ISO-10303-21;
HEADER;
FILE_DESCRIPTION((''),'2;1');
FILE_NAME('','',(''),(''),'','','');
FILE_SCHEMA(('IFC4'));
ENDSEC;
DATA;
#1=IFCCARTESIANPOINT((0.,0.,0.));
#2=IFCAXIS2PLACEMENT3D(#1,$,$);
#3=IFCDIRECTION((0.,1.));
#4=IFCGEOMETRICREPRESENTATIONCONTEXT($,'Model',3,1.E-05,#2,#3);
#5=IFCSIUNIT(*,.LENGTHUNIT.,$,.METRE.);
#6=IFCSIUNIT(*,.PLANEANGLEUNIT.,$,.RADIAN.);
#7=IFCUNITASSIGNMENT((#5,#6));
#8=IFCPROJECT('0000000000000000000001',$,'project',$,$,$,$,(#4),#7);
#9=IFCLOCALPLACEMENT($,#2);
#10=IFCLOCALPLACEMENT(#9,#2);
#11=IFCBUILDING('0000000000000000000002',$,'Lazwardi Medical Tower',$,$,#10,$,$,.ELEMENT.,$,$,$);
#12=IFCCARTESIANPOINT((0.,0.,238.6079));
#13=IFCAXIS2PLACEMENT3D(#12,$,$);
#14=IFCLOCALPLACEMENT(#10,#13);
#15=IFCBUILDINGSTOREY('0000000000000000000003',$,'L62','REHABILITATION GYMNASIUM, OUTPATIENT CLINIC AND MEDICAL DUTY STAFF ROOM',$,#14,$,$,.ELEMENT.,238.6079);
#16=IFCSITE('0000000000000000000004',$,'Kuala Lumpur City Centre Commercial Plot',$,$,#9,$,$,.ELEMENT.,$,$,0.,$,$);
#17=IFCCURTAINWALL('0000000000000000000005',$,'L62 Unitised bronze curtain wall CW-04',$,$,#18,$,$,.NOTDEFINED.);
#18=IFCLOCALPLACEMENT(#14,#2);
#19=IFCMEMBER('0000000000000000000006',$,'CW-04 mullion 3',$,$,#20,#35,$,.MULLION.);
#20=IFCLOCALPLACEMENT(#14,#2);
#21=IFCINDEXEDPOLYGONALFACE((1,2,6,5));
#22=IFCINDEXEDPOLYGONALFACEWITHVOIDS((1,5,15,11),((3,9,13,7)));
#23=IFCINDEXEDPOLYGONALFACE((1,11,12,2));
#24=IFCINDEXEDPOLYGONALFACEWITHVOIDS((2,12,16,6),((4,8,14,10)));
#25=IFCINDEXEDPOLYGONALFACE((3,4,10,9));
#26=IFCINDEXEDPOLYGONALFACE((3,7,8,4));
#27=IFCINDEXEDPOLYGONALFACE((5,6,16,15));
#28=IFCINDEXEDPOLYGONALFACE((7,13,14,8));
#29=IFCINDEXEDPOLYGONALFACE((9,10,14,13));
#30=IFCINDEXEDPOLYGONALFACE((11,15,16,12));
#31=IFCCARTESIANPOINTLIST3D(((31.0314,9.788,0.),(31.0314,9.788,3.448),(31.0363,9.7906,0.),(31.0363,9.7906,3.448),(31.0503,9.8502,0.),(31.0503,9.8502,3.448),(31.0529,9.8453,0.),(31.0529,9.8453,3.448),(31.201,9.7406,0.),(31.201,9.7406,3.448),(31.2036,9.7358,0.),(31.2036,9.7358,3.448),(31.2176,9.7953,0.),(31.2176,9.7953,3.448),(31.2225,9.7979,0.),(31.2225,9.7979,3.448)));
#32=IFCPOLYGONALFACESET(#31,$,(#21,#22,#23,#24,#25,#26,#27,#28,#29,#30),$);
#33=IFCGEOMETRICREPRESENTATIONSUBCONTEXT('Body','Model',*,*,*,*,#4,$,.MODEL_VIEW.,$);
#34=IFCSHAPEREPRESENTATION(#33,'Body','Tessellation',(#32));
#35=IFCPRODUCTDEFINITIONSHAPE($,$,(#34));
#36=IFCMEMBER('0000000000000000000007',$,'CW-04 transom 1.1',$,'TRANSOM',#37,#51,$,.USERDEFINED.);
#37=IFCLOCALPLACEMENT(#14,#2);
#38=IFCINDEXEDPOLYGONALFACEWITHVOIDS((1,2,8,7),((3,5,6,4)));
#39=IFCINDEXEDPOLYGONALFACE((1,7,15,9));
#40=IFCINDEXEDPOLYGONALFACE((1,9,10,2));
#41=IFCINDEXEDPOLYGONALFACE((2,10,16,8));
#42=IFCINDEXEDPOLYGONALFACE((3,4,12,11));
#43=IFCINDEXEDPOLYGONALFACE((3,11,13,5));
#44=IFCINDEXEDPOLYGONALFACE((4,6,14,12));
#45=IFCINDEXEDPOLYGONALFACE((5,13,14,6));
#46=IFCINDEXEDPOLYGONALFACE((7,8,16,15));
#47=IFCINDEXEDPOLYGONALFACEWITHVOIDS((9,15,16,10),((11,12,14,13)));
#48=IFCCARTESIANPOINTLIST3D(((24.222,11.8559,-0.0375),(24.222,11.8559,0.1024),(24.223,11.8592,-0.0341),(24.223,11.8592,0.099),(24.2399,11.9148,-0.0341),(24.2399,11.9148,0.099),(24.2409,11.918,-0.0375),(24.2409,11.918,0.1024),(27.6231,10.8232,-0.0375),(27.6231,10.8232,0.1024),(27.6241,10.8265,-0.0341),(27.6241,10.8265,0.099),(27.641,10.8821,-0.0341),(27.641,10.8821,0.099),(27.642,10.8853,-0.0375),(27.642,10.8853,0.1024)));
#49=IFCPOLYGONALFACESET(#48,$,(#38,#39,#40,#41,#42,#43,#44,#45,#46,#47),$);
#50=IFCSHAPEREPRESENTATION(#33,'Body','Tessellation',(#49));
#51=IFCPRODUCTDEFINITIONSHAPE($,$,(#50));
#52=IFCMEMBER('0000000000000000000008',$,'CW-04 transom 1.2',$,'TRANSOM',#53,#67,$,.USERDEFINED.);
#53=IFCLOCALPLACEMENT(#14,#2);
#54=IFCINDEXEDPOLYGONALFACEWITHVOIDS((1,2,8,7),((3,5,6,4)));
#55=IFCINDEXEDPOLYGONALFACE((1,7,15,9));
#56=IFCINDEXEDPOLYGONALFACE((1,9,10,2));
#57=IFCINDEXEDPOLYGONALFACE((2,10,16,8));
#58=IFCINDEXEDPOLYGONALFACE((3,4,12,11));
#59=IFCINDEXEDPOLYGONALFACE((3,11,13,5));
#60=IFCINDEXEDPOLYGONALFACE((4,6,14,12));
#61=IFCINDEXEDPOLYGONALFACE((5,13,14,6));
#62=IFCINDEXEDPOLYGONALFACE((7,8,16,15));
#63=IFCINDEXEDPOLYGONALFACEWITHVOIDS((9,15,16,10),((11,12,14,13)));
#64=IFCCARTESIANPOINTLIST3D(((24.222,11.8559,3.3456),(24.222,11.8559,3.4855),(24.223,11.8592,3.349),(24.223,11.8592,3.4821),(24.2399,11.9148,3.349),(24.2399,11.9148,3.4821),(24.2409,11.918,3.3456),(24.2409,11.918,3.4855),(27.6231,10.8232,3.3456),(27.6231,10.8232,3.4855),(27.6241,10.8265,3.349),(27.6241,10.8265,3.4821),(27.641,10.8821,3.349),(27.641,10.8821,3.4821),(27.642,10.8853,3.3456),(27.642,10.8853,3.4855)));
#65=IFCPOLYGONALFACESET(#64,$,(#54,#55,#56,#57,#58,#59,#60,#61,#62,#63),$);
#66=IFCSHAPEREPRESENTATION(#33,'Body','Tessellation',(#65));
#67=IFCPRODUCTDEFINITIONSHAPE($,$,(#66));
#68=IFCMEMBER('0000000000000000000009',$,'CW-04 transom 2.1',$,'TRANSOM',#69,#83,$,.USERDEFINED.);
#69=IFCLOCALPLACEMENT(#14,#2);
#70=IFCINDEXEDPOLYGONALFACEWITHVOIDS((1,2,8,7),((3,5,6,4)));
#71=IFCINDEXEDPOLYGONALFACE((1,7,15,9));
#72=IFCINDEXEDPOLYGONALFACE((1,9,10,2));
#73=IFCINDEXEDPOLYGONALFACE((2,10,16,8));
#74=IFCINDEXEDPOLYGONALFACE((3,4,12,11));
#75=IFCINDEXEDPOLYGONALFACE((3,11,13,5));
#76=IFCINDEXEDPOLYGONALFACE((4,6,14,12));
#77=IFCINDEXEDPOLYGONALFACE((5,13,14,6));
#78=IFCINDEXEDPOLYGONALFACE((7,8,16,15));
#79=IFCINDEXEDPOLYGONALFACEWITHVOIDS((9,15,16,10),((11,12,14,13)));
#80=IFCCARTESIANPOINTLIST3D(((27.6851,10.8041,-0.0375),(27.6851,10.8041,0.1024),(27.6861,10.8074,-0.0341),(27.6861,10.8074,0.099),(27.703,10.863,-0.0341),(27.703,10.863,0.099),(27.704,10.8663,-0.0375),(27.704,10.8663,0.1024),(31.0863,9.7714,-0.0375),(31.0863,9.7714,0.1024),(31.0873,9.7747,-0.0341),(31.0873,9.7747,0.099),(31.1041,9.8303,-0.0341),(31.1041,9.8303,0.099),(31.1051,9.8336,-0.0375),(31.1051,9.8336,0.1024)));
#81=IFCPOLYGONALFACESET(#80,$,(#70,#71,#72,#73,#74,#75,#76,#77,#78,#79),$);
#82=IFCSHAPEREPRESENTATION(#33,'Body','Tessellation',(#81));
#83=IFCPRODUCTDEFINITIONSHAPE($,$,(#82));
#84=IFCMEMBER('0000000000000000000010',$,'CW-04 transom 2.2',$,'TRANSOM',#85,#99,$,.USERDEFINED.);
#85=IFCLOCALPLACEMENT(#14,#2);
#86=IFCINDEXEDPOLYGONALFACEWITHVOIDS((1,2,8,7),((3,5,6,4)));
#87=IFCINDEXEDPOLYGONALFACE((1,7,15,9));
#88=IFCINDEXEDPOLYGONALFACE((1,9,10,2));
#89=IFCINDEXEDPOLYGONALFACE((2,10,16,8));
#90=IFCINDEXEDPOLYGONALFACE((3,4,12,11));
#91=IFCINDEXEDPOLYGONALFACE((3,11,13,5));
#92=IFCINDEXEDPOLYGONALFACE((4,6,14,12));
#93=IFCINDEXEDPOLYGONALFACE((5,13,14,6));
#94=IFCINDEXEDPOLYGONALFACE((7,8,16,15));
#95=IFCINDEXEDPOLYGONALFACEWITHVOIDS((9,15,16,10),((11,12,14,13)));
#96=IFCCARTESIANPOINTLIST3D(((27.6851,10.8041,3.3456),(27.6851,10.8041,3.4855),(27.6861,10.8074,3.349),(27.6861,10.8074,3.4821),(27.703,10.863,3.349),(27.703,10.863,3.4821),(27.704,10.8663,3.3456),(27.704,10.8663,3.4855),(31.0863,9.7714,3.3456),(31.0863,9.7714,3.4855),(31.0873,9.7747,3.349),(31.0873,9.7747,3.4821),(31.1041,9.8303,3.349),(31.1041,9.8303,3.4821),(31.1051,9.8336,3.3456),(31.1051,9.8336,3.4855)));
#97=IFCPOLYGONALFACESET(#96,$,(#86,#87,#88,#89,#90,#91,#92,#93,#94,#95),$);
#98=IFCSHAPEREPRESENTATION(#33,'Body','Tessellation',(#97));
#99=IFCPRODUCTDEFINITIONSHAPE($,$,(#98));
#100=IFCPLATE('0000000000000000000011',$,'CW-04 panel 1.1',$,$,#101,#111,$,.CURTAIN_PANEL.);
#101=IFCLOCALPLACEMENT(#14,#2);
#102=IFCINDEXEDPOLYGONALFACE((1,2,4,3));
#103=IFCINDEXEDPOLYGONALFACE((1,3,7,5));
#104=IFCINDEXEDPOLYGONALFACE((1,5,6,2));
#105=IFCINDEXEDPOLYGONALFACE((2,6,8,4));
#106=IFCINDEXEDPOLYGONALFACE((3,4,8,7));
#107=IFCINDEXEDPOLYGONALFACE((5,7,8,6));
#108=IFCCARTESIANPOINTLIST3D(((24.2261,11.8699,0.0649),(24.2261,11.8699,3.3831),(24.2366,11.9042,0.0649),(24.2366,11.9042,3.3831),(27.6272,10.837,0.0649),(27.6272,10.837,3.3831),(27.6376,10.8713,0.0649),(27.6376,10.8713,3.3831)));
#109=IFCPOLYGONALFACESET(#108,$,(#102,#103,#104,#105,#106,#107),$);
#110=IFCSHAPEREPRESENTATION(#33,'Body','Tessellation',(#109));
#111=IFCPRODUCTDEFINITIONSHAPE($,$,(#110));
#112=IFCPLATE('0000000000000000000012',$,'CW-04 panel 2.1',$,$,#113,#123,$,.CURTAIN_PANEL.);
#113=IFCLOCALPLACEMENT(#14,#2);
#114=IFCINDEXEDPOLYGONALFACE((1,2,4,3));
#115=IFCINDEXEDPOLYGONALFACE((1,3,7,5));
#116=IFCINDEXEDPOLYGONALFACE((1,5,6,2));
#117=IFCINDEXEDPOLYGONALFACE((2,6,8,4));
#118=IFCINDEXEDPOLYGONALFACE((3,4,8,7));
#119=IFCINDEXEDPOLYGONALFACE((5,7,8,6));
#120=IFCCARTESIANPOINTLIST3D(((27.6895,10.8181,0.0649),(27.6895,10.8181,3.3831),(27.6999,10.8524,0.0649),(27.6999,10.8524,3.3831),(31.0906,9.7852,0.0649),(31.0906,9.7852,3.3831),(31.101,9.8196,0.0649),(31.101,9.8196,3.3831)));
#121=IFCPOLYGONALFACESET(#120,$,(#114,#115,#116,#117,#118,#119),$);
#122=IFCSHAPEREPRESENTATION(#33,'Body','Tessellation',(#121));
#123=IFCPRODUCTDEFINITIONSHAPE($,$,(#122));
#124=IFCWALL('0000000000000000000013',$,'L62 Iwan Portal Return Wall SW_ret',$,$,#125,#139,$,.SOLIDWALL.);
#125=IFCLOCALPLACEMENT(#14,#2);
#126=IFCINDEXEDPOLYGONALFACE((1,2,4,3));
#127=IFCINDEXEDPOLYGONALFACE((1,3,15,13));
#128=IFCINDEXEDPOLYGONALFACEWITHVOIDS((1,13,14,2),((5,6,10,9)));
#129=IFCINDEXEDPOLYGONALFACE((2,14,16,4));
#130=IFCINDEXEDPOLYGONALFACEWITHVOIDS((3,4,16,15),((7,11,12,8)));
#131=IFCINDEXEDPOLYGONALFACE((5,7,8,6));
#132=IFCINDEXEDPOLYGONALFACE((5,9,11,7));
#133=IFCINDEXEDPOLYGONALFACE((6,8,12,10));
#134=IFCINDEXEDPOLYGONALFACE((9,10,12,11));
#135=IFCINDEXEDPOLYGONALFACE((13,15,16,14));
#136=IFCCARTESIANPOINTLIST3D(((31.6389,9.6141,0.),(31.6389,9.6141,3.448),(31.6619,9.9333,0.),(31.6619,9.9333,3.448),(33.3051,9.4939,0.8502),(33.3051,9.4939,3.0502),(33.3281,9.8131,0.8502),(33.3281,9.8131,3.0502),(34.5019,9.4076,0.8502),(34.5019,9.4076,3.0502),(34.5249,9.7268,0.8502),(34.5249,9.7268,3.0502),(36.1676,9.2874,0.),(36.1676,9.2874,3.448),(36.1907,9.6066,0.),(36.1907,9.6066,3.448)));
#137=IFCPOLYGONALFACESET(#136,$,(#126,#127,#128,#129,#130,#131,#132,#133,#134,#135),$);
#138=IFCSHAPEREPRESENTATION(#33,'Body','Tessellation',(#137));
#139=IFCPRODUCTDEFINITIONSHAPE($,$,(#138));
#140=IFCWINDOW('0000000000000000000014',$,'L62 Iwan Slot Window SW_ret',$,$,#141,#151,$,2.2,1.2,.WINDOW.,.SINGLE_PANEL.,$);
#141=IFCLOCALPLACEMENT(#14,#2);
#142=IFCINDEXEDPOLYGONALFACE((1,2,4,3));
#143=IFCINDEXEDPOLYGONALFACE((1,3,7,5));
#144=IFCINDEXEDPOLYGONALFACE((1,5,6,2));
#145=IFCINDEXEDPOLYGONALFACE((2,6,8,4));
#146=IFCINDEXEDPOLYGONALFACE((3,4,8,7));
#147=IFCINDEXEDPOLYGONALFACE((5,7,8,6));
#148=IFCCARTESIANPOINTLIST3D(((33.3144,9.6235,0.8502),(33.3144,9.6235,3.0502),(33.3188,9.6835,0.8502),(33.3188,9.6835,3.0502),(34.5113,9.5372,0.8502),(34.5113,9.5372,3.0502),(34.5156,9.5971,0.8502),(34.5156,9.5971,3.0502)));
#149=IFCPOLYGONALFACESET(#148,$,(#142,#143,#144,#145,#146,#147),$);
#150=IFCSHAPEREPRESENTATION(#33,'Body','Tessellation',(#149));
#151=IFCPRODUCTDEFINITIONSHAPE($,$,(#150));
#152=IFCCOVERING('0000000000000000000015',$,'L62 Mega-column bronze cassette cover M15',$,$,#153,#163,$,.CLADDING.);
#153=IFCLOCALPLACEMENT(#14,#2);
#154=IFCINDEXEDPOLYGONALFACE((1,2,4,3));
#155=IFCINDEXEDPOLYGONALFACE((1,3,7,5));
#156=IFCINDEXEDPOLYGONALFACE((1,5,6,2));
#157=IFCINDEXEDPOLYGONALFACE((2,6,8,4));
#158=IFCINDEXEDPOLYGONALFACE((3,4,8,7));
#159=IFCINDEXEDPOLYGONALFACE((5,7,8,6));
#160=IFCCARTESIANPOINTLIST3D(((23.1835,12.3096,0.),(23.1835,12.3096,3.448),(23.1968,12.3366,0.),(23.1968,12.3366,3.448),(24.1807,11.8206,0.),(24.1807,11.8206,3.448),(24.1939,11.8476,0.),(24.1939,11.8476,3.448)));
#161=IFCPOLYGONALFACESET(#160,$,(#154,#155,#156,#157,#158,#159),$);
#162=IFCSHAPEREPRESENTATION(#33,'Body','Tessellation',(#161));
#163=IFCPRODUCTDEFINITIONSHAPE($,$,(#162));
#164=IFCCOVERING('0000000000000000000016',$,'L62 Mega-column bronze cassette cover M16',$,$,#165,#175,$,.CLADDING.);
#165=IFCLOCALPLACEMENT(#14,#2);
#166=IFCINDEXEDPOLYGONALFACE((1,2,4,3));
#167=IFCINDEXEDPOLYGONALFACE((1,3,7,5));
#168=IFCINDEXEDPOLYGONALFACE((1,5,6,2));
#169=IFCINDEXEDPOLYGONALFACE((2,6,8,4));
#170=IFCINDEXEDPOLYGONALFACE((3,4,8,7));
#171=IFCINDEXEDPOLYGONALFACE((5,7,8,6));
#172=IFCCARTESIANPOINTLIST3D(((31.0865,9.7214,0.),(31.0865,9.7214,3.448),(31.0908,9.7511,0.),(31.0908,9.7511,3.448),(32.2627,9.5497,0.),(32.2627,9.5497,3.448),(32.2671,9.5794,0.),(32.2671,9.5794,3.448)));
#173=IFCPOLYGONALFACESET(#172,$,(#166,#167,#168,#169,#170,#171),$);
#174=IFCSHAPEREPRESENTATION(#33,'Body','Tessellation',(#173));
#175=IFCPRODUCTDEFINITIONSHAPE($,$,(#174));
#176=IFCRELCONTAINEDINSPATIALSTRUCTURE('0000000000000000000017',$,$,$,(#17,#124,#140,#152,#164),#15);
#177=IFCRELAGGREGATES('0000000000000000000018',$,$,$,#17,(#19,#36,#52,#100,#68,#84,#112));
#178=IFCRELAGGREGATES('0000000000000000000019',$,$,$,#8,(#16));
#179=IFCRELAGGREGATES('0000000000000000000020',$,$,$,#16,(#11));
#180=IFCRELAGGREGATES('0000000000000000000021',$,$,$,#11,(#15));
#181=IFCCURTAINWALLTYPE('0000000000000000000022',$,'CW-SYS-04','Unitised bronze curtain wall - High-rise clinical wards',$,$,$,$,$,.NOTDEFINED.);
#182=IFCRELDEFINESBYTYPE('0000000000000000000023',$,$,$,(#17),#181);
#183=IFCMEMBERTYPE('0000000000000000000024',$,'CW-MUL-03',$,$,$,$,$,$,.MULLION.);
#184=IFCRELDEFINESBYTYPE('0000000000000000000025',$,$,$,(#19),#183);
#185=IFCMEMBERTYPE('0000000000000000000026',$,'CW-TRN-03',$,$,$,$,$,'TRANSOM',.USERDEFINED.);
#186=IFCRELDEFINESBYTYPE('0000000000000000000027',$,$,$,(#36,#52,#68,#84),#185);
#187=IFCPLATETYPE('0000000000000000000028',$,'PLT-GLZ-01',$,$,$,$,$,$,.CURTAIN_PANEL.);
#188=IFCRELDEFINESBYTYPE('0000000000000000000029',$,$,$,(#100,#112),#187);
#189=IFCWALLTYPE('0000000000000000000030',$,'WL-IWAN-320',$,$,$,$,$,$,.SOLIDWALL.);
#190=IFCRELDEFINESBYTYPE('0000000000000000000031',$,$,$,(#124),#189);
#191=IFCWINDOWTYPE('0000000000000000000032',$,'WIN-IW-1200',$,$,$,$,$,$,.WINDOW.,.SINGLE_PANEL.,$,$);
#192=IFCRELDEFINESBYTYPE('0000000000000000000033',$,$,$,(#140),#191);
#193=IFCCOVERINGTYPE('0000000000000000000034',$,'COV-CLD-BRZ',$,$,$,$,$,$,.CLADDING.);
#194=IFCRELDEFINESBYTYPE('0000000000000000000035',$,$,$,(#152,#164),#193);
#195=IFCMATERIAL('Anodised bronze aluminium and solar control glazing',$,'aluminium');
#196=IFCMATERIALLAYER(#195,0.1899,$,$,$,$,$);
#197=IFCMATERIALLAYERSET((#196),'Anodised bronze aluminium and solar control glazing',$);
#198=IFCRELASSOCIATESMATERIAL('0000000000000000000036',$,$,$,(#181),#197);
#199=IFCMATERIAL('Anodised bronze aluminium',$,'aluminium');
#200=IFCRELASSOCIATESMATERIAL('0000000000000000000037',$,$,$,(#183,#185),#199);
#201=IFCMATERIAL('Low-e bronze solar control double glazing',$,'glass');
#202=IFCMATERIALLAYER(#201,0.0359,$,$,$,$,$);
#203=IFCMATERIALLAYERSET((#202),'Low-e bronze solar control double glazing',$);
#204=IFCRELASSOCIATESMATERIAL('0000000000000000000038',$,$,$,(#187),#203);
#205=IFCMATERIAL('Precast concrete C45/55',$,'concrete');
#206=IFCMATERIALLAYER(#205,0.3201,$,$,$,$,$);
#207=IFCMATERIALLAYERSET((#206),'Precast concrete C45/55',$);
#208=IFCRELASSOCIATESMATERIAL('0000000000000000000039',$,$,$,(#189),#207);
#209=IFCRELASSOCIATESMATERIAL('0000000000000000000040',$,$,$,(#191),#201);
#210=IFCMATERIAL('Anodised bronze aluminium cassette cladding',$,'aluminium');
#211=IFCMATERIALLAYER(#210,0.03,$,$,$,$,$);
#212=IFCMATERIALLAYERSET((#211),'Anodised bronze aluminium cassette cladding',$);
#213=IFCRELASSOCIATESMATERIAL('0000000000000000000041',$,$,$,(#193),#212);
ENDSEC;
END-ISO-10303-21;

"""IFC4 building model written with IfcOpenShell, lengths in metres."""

from ifc_helpers import new_model, si_unit, direction, frame, frame_2d, origin, origin_2d, place, context, subcontext, project, spatial, rectangle, hollow_rectangle, extrude, material, layer, layer_set, material_profile, profile_set, type_object, element, fill, aggregate, save


model = new_model("IFC4")

# Units and contexts
model_context = context("Model", 3, precision=1e-05, world=origin(), true_north=direction((0.0, 1.0)))
body_context = subcontext(model_context, "Body", "Model", "MODEL_VIEW")
ifc_project = project(units=[si_unit("LENGTHUNIT", "METRE"), si_unit("PLANEANGLEUNIT", "RADIAN")], contexts=[model_context])

# Site, building, storey
site_placement = place(None, origin())
site = spatial("IfcSite", under=ifc_project, at=site_placement, Name="Kuala Lumpur City Centre Commercial Plot", CompositionType="ELEMENT", RefElevation=0.0)
building_placement = place(site_placement, origin())
building = spatial("IfcBuilding", under=site, at=building_placement, Name="Lazwardi Medical Tower", CompositionType="ELEMENT")
storey_placement = place(building_placement, frame((0.0, 0.0, 238.6079)))
storey = spatial("IfcBuildingStorey", under=building, at=storey_placement, Name="L62", Description="REHABILITATION GYMNASIUM, OUTPATIENT CLINIC AND MEDICAL DUTY STAFF ROOM", CompositionType="ELEMENT", Elevation=238.6079)

# Shared definitions
ifc_material_1 = material(Name="Anodised bronze aluminium and solar control glazing", Category="aluminium")
ifc_layer_1 = layer(ifc_material_1, 0.1899)
ifc_layer_set_1 = layer_set([ifc_layer_1], Name="Anodised bronze aluminium and solar control glazing")
curtain_wall_type = type_object("IfcCurtainWallType", Name="CW-SYS-04", Description="Unitised bronze curtain wall - High-rise clinical wards", PredefinedType="NOTDEFINED", material=ifc_layer_set_1)
ifc_material_2 = material(Name="Anodised bronze aluminium", Category="aluminium")
ifc_material_profile_1 = material_profile(ifc_material_2, hollow_rectangle(XDim=0.0649, YDim=0.1799, WallThickness=0.0039, at=origin_2d()), Name="ALU-MULLION 180x65x4")
ifc_profile_set_1 = profile_set([ifc_material_profile_1], Name="Anodised bronze aluminium")
member_type_1 = type_object("IfcMemberType", Name="CW-MUL-03", PredefinedType="MULLION", material=ifc_profile_set_1)

# Curtain wall, members, plates
curtain_wall_1_placement = place(storey_placement, origin())
curtain_wall_1 = element("IfcCurtainWall", 1, at=curtain_wall_1_placement, inside=storey, type_object=curtain_wall_type, Name="L62 Unitised bronze curtain wall CW-04", PredefinedType="NOTDEFINED")
member_1_placement = place(storey_placement, frame((31.127, 9.793, 0.0), z_axis=(0.0, 0.0, 1.0), x_axis=(0.290582, 0.95685, 0.0)))
member_1 = element("IfcMember", 2, at=member_1_placement, type_object=member_type_1, Name="CW-04 mullion 3", PredefinedType="MULLION", context=body_context, shape_type="SweptSolid", body=[
    extrude(hollow_rectangle(XDim=0.0649, YDim=0.1799, WallThickness=0.0039, at=origin_2d()), origin(), (0.0, 0.0, 1.0), 3.448),
])
ifc_material_profile_2 = material_profile(ifc_material_2, hollow_rectangle(XDim=0.0649, YDim=0.1399, WallThickness=0.0034, at=origin_2d()), Name="ALU-TRANSOM 140x65x3.5")
ifc_profile_set_2 = profile_set([ifc_material_profile_2], Name="Anodised bronze aluminium")
member_type_2 = type_object("IfcMemberType", Name="CW-TRN-03", ElementType="TRANSOM", PredefinedType="USERDEFINED", material=ifc_profile_set_2)
member_2_placement = place(storey_placement, frame((24.2314, 11.887, 0.0325), z_axis=(0.956863, -0.290541, 0.0), x_axis=(0.290541, 0.956863, 0.0)))
member_2 = element("IfcMember", 3, at=member_2_placement, type_object=member_type_2, Name="CW-04 transom 1.1", ObjectType="TRANSOM", PredefinedType="USERDEFINED", context=body_context, shape_type="SweptSolid", body=[
    extrude(hollow_rectangle(XDim=0.0649, YDim=0.1399, WallThickness=0.0034, at=origin_2d()), origin(), (0.0, 0.0, 1.0), 3.5544),
])
member_3_placement = place(storey_placement, frame((24.2314, 11.887, 3.4155), z_axis=(0.956863, -0.290541, 0.0), x_axis=(0.290541, 0.956863, 0.0)))
member_3 = element("IfcMember", 4, at=member_3_placement, type_object=member_type_2, Name="CW-04 transom 1.2", ObjectType="TRANSOM", PredefinedType="USERDEFINED", context=body_context, shape_type="SweptSolid", body=[
    extrude(hollow_rectangle(XDim=0.0649, YDim=0.1399, WallThickness=0.0034, at=origin_2d()), origin(), (0.0, 0.0, 1.0), 3.5544),
])
member_4_placement = place(storey_placement, frame((27.6946, 10.8352, 0.0325), z_axis=(0.956863, -0.290541, 0.0), x_axis=(0.290541, 0.956863, 0.0)))
member_4 = element("IfcMember", 5, at=member_4_placement, type_object=member_type_2, Name="CW-04 transom 2.1", ObjectType="TRANSOM", PredefinedType="USERDEFINED", context=body_context, shape_type="SweptSolid", body=[
    extrude(hollow_rectangle(XDim=0.0649, YDim=0.1399, WallThickness=0.0034, at=origin_2d()), origin(), (0.0, 0.0, 1.0), 3.5544),
])
member_5_placement = place(storey_placement, frame((27.6946, 10.8352, 3.4155), z_axis=(0.956863, -0.290541, 0.0), x_axis=(0.290541, 0.956863, 0.0)))
member_5 = element("IfcMember", 6, at=member_5_placement, type_object=member_type_2, Name="CW-04 transom 2.2", ObjectType="TRANSOM", PredefinedType="USERDEFINED", context=body_context, shape_type="SweptSolid", body=[
    extrude(hollow_rectangle(XDim=0.0649, YDim=0.1399, WallThickness=0.0034, at=origin_2d()), origin(), (0.0, 0.0, 1.0), 3.5544),
])
ifc_material_3 = material(Name="Low-e bronze solar control double glazing", Category="glass")
ifc_layer_2 = layer(ifc_material_3, 0.0359)
ifc_layer_set_2 = layer_set([ifc_layer_2], Name="Low-e bronze solar control double glazing")
plate_type = type_object("IfcPlateType", Name="PLT-GLZ-01", PredefinedType="CURTAIN_PANEL", material=ifc_layer_set_2)
plate_1_placement = place(storey_placement, frame((25.9319, 11.3706, 0.0649), z_axis=(0.0, 0.0, 1.0), x_axis=(0.95685, -0.290582, 0.0)))
plate_1 = element("IfcPlate", 7, at=plate_1_placement, type_object=plate_type, Name="CW-04 panel 1.1", PredefinedType="CURTAIN_PANEL", context=body_context, shape_type="SweptSolid", body=[
    extrude(rectangle(XDim=3.5544, YDim=0.0359, at=origin_2d()), origin(), (0.0, 0.0, 1.0), 3.3181),
])
plate_2_placement = place(storey_placement, frame((29.3953, 10.3188, 0.0649), z_axis=(0.0, 0.0, 1.0), x_axis=(0.95685, -0.290582, 0.0)))
plate_2 = element("IfcPlate", 8, at=plate_2_placement, type_object=plate_type, Name="CW-04 panel 2.1", PredefinedType="CURTAIN_PANEL", context=body_context, shape_type="SweptSolid", body=[
    extrude(rectangle(XDim=3.5544, YDim=0.0359, at=origin_2d()), origin(), (0.0, 0.0, 1.0), 3.3181),
])
aggregate(curtain_wall_1, [member_1, member_2, member_3, plate_1, member_4, member_5, plate_2])

# Wall, opening, window
ifc_material_4 = material(Name="Precast concrete C45/55", Category="concrete")
ifc_layer_3 = layer(ifc_material_4, 0.3201)
ifc_layer_set_3 = layer_set([ifc_layer_3], Name="Precast concrete C45/55")
wall_type = type_object("IfcWallType", Name="WL-IWAN-320", PredefinedType="SOLIDWALL", material=ifc_layer_set_3)
wall_placement = place(storey_placement, frame((31.6504, 9.7737, 0.0), z_axis=(0.0, 0.0, 1.0), x_axis=(0.997409, -0.071942, 0.0)))
wall = element("IfcWall", 9, at=wall_placement, inside=storey, type_object=wall_type, Name="L62 Iwan Portal Return Wall SW_ret", PredefinedType="SOLIDWALL", context=body_context, shape_type="SweptSolid", body=[
    extrude(rectangle(XDim=4.5405, YDim=0.3201, at=frame_2d((2.2703, 0.0))), origin(), (0.0, 0.0, 1.0), 3.448),
])
opening_placement = place(wall_placement, frame((1.6704, 0.0, 0.8501)))
opening = element("IfcOpeningElement", 10, at=opening_placement, cuts=wall, PredefinedType="OPENING", context=body_context, shape_type="SweptSolid", body=[
    extrude(rectangle(XDim=1.2, YDim=2.2, at=frame_2d((0.6001, 1.1001))), frame((0.0, 0.1699, 0.0), z_axis=(0.0, -1.0, 0.0), x_axis=(1.0, 0.0, 0.0)), (0.0, 0.0, 1.0), 0.3401),
])
window_type = type_object("IfcWindowType", Name="WIN-IW-1200", PartitioningType="SINGLE_PANEL", PredefinedType="WINDOW", material=ifc_material_3)
window_placement = place(opening_placement, origin())
window = element("IfcWindow", 11, at=window_placement, inside=storey, type_object=window_type, Name="L62 Iwan Slot Window SW_ret", OverallHeight=2.2, OverallWidth=1.2, PartitioningType="SINGLE_PANEL", PredefinedType="WINDOW", context=body_context, shape_type="SweptSolid", body=[
    extrude(rectangle(XDim=1.2, YDim=2.2, at=frame_2d((0.6001, 1.1001))), frame((0.0, 0.03, 0.0), z_axis=(0.0, -1.0, 0.0), x_axis=(1.0, 0.0, 0.0)), (0.0, 0.0, 1.0), 0.0601),
])
fill(opening, window)

# Coverings
ifc_material_5 = material(Name="Anodised bronze aluminium cassette cladding", Category="aluminium")
ifc_layer_4 = layer(ifc_material_5, 0.03)
ifc_layer_set_4 = layer_set([ifc_layer_4], Name="Anodised bronze aluminium cassette cladding")
covering_type_1 = type_object("IfcCoveringType", Name="COV-CLD-BRZ", PredefinedType="CLADDING", material=ifc_layer_set_4)
covering_1_placement = place(storey_placement, frame((23.6887, 12.0786, 0.0), z_axis=(0.0, 0.0, 1.0), x_axis=(0.89784, -0.440322, 0.0)))
element("IfcCovering", 12, at=covering_1_placement, inside=storey, type_object=covering_type_1, Name="L62 Mega-column bronze cassette cover M15", PredefinedType="CLADDING", context=body_context, shape_type="SweptSolid", body=[
    extrude(rectangle(XDim=1.1106, YDim=0.03, at=origin_2d()), origin(), (0.0, 0.0, 1.0), 3.448),
])
covering_2_placement = place(storey_placement, frame((31.6768, 9.6504, 0.0), z_axis=(0.0, 0.0, 1.0), x_axis=(0.989512, -0.144448, 0.0)))
element("IfcCovering", 13, at=covering_2_placement, inside=storey, type_object=covering_type_1, Name="L62 Mega-column bronze cassette cover M16", PredefinedType="CLADDING", context=body_context, shape_type="SweptSolid", body=[
    extrude(rectangle(XDim=1.1887, YDim=0.03, at=origin_2d()), origin(), (0.0, 0.0, 1.0), 3.448),
])

save(model, "model.ifc")
